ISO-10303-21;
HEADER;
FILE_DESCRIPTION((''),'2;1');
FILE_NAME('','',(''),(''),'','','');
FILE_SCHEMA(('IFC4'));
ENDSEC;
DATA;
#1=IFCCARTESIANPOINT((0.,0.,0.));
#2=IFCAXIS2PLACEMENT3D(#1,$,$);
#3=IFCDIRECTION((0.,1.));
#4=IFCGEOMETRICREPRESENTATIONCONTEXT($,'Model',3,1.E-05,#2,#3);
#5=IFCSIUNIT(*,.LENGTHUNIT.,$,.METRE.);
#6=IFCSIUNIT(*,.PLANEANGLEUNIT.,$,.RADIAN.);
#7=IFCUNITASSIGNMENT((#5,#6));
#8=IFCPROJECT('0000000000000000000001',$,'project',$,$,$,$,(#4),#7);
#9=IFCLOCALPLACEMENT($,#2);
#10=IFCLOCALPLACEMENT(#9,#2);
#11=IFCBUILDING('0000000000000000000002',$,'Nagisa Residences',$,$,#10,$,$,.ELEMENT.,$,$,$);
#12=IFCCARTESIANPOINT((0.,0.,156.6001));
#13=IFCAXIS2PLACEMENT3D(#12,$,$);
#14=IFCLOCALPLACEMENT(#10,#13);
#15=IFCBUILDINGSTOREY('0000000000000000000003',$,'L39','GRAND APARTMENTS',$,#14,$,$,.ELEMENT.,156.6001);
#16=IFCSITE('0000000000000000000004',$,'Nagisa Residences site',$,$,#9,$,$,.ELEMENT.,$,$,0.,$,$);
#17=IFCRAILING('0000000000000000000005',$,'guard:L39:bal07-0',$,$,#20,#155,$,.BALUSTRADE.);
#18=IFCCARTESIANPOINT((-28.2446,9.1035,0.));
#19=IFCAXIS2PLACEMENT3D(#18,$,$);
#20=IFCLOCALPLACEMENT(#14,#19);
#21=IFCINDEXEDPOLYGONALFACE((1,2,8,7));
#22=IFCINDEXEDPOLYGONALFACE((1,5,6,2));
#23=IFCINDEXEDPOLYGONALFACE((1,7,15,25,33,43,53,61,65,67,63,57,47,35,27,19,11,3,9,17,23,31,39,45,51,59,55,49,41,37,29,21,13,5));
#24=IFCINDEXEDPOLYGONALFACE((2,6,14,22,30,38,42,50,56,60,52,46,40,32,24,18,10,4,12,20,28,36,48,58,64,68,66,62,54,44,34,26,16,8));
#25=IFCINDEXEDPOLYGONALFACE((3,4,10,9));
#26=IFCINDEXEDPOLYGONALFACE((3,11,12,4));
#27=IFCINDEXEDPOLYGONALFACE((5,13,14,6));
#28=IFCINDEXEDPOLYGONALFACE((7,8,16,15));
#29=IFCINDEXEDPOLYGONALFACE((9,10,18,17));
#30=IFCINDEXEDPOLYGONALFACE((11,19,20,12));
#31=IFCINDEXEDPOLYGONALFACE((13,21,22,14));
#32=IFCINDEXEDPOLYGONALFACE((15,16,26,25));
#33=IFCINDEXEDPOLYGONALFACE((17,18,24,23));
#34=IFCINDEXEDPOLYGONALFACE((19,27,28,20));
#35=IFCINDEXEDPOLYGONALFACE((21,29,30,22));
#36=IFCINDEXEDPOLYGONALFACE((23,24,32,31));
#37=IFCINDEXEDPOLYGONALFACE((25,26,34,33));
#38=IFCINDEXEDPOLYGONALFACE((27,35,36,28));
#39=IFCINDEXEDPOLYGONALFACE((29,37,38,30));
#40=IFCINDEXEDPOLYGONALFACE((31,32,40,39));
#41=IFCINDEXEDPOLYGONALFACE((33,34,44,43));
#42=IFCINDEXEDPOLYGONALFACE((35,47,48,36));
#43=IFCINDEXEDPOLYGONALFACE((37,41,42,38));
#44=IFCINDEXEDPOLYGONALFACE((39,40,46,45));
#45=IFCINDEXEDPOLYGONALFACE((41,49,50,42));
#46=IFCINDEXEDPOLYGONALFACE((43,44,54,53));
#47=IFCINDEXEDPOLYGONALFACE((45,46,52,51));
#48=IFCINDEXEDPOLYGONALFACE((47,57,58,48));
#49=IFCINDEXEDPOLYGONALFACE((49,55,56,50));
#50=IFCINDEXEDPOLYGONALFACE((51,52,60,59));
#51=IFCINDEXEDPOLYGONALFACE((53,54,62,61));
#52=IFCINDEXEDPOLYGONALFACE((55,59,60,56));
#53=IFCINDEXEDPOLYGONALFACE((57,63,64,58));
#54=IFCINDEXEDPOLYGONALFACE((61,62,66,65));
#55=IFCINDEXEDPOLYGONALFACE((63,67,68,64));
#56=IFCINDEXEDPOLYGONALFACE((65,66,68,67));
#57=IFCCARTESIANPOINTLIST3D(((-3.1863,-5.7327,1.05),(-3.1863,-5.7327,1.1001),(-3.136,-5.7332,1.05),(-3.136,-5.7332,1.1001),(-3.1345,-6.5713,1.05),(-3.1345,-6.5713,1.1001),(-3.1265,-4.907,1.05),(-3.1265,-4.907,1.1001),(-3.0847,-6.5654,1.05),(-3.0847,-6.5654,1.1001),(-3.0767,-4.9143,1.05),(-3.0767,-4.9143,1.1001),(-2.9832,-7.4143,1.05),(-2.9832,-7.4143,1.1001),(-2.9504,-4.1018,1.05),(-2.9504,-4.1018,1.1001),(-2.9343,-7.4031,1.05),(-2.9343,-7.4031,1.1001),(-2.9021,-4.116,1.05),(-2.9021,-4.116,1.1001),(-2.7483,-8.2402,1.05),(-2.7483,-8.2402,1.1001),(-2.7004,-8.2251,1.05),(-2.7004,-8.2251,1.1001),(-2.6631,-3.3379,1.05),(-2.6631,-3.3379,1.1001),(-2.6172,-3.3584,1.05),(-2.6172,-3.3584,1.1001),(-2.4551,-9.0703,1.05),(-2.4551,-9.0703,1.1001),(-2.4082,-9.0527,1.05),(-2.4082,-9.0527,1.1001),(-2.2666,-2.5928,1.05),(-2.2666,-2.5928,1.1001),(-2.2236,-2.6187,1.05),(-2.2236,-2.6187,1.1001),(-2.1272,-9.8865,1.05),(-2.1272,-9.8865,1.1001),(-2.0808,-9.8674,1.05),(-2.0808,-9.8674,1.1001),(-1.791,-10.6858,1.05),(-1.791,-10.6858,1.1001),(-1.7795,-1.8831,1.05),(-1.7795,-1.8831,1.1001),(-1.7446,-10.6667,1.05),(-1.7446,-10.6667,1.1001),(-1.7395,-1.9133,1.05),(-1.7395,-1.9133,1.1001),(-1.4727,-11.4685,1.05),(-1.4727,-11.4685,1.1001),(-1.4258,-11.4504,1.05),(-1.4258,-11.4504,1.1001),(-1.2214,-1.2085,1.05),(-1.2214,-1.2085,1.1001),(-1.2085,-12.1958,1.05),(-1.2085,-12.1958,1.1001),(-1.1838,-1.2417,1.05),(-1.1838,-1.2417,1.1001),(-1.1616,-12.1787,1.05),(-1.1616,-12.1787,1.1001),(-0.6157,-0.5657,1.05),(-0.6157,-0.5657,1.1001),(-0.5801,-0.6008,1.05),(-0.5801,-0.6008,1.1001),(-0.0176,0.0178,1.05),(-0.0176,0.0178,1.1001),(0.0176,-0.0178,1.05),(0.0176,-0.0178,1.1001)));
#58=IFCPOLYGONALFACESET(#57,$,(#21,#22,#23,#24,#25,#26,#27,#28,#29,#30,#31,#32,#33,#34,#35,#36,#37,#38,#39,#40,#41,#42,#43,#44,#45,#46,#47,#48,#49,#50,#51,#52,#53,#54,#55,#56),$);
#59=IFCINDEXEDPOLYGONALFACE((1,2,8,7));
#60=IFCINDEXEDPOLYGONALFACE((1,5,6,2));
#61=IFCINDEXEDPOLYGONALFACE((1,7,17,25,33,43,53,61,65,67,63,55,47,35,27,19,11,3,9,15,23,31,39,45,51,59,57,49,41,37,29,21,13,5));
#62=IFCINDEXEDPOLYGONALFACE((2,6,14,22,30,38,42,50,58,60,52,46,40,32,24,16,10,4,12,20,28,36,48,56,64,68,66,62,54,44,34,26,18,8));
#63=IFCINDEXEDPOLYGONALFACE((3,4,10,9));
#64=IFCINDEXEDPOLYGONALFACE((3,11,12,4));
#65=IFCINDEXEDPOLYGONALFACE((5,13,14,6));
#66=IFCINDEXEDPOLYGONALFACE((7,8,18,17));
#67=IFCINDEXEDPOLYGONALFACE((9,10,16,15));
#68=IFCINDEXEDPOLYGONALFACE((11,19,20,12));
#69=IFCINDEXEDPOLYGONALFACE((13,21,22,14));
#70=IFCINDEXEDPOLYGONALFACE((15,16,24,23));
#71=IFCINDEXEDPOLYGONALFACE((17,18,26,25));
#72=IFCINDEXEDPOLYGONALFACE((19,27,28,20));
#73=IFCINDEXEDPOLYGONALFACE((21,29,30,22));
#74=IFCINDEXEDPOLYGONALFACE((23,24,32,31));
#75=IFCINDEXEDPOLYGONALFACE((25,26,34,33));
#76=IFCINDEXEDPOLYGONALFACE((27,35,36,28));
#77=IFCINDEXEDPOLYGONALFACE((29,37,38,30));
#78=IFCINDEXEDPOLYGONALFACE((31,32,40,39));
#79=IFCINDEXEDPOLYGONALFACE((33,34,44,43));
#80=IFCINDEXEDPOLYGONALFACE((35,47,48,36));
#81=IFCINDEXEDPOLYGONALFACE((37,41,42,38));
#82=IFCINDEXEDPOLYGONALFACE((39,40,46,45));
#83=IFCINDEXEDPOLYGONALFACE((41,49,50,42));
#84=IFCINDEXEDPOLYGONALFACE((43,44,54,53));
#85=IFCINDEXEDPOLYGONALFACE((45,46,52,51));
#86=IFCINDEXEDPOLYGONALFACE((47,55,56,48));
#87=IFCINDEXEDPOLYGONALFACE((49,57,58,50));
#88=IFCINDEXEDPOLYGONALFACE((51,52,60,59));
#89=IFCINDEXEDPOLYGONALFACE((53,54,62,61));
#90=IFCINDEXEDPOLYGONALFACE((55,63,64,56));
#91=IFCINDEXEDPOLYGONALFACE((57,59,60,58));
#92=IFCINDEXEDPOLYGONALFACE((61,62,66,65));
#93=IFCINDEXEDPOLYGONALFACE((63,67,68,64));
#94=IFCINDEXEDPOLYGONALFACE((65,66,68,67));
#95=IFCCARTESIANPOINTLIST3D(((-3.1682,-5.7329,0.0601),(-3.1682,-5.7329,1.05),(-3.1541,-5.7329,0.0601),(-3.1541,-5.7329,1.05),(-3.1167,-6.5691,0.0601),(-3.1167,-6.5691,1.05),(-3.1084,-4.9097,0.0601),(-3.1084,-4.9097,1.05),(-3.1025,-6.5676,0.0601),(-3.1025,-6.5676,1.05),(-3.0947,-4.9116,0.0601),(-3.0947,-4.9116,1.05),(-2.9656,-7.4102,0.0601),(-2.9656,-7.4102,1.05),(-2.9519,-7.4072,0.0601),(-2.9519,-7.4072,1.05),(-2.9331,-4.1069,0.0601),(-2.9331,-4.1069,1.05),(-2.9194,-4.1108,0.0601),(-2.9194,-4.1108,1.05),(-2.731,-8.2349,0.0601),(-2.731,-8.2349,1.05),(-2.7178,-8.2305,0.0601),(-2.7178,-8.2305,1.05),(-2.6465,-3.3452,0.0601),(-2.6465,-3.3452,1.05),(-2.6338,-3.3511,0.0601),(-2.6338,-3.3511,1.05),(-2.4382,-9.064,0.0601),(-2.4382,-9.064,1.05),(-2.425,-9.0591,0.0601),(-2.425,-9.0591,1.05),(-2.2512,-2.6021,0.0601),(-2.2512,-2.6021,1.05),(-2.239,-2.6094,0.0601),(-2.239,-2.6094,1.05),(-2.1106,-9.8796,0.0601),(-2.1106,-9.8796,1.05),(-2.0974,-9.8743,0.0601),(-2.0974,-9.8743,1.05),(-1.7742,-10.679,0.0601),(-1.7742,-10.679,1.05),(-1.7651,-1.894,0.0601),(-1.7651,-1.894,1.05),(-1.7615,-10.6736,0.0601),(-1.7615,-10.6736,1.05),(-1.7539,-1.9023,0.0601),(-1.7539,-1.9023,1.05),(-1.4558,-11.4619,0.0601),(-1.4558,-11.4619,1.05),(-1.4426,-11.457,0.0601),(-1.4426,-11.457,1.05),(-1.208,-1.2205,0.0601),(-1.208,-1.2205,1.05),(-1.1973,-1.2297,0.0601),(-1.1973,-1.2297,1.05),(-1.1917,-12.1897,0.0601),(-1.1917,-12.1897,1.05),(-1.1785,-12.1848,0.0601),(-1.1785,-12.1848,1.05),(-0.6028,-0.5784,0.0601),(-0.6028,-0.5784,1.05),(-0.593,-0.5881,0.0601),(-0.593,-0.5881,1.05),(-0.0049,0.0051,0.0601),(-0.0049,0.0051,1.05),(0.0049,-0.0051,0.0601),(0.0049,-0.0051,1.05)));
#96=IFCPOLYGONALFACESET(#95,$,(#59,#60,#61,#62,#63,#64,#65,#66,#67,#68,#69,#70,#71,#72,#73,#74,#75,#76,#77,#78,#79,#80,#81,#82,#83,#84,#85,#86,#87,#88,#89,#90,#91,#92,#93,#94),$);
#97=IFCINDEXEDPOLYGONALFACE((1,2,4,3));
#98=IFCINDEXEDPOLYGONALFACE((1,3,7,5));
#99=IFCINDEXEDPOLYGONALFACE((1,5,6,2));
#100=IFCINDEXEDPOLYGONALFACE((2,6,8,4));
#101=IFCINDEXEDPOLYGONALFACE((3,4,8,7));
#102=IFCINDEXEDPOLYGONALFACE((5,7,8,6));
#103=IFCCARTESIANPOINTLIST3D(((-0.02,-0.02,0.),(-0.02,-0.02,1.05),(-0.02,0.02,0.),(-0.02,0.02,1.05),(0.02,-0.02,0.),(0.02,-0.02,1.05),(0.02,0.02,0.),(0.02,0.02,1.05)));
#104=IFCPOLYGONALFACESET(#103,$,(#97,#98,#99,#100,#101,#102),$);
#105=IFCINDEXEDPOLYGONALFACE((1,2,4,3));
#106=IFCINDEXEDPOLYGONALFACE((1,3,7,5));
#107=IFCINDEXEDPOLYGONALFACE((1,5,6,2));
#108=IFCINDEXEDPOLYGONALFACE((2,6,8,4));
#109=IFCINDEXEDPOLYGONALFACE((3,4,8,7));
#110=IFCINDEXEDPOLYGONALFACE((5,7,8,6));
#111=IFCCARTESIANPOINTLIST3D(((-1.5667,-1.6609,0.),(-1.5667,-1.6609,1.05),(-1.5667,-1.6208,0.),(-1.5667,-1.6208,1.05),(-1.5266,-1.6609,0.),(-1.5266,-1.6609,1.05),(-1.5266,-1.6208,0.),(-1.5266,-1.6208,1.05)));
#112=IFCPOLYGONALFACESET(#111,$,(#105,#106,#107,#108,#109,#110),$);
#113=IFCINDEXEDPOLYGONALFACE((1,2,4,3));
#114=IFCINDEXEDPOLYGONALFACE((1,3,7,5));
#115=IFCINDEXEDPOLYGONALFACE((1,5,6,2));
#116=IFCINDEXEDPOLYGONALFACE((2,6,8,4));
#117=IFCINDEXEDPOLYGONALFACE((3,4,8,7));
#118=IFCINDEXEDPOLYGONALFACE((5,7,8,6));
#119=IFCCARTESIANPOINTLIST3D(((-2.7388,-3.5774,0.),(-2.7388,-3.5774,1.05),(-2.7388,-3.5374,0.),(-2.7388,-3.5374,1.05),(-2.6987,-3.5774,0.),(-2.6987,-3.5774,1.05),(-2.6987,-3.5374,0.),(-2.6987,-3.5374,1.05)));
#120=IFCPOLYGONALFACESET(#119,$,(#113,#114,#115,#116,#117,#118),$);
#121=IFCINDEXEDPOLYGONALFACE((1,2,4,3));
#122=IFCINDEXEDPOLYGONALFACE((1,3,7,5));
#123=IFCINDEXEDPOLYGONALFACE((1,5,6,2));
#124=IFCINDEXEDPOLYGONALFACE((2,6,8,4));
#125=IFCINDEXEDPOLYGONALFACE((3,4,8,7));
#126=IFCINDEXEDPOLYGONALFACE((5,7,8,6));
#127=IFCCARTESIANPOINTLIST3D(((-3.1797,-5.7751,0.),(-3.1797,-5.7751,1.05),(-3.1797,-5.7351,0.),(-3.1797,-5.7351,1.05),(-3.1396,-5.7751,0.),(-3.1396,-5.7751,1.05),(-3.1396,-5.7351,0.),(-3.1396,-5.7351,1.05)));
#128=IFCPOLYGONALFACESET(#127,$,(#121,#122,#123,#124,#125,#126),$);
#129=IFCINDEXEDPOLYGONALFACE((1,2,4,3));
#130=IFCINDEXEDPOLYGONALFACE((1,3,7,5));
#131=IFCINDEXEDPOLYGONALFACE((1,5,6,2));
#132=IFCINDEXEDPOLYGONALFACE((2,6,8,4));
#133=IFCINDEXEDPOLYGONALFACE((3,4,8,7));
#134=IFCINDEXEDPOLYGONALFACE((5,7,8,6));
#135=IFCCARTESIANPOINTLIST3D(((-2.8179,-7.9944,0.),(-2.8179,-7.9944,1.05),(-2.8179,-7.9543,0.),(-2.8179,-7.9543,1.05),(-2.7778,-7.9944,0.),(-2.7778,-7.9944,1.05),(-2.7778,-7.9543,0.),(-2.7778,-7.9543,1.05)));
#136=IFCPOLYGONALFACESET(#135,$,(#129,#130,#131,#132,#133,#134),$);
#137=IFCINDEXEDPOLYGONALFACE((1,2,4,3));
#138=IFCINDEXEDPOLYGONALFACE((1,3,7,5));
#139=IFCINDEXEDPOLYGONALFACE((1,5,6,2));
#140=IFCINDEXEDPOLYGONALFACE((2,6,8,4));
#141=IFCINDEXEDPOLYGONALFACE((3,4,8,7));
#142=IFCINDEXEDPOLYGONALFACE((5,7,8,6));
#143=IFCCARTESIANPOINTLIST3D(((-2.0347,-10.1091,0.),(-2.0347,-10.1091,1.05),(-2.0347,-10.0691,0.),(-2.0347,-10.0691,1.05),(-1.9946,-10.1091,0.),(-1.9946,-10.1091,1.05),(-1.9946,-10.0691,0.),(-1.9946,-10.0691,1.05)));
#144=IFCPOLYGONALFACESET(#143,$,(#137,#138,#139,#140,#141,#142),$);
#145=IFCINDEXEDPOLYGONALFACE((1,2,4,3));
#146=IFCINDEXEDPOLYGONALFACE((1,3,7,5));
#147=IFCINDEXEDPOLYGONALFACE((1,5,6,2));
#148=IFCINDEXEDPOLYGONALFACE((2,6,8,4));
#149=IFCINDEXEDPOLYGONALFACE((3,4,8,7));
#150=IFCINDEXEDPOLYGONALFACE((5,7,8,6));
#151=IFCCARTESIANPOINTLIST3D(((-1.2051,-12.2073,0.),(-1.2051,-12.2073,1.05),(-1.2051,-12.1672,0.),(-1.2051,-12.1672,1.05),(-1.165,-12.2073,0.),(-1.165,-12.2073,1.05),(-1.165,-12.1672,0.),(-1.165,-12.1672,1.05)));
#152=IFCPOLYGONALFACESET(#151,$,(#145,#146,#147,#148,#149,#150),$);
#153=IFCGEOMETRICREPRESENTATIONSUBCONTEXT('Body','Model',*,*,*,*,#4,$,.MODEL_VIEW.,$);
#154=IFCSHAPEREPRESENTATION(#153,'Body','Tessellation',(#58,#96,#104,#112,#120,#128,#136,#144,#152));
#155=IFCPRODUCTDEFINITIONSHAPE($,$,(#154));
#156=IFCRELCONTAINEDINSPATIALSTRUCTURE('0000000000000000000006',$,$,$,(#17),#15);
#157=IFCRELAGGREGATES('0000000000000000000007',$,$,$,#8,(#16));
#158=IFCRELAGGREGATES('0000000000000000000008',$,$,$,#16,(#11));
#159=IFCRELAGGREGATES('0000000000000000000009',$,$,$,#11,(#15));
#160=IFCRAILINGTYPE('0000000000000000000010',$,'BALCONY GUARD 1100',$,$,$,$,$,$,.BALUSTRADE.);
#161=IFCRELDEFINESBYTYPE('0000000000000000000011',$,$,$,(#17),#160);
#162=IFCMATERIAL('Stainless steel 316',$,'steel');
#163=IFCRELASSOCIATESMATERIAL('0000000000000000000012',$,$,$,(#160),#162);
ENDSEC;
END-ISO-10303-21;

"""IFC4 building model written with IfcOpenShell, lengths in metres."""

from ifc_helpers import new_model, si_unit, direction, frame, origin, origin_2d, place, context, subcontext, project, spatial, polyline, rectangle, outline, extrude, material, type_object, element, save


model = new_model("IFC4")

# Units and contexts
model_context = context("Model", 3, precision=1e-05, world=origin(), true_north=direction((0.0, 1.0)))
body_context = subcontext(model_context, "Body", "Model", "MODEL_VIEW")
ifc_project = project(units=[si_unit("LENGTHUNIT", "METRE"), si_unit("PLANEANGLEUNIT", "RADIAN")], contexts=[model_context])

# Site, building, storey
site_placement = place(None, origin())
site = spatial("IfcSite", under=ifc_project, at=site_placement, Name="Nagisa Residences site", CompositionType="ELEMENT", RefElevation=0.0)
building_placement = place(site_placement, origin())
building = spatial("IfcBuilding", under=site, at=building_placement, Name="Nagisa Residences", CompositionType="ELEMENT")
storey_placement = place(building_placement, frame((0.0, 0.0, 156.6001)))
storey = spatial("IfcBuildingStorey", under=building, at=storey_placement, Name="L39", Description="GRAND APARTMENTS", CompositionType="ELEMENT", Elevation=156.6001)

# Railing
ifc_material_1 = material(Name="Stainless steel 316", Category="steel")
railing_type = type_object("IfcRailingType", Name="BALCONY GUARD 1100", PredefinedType="BALUSTRADE", material=ifc_material_1)
railing_placement = place(storey_placement, frame((-28.2446, 9.1035, 0.0)))
element("IfcRailing", 1, at=railing_placement, inside=storey, type_object=railing_type, Name="guard:L39:bal07-0", PredefinedType="BALUSTRADE", context=body_context, shape_type="SweptSolid", body=[
    extrude(outline(polyline([(-0.5801, -0.6008), (0.0176, -0.0178), (-0.0176, 0.0178), (-0.6157, -0.5657), (-1.2214, -1.2085), (-1.7795, -1.8831), (-2.2666, -2.5928), (-2.6631, -3.3379), (-2.9504, -4.1018), (-3.1265, -4.907), (-3.1863, -5.7327), (-3.1345, -6.5713), (-2.9832, -7.4143), (-2.7483, -8.2402), (-2.4551, -9.0703), (-2.1272, -9.8865), (-1.791, -10.6858), (-1.4727, -11.4685), (-1.2085, -12.1958), (-1.1616, -12.1787), (-1.4258, -11.4504), (-1.7446, -10.6667), (-2.0808, -9.8674), (-2.4082, -9.0527), (-2.7004, -8.2251), (-2.9343, -7.4031), (-3.0847, -6.5654), (-3.136, -5.7332), (-3.0767, -4.9143), (-2.9021, -4.116), (-2.6172, -3.3584), (-2.2236, -2.6187), (-1.7395, -1.9133), (-1.1838, -1.2417), (-0.5801, -0.6008)])), frame((0.0, 0.0, 1.05)), (0.0, 0.0, 1.0), 0.05),
    extrude(outline(polyline([(-0.593, -0.5881), (0.0049, -0.0051), (-0.0049, 0.0051), (-0.6028, -0.5784), (-1.208, -1.2205), (-1.7651, -1.894), (-2.2512, -2.6021), (-2.6465, -3.3452), (-2.9331, -4.1069), (-3.1084, -4.9097), (-3.1682, -5.7329), (-3.1167, -6.5691), (-2.9656, -7.4102), (-2.731, -8.2349), (-2.4382, -9.064), (-2.1106, -9.8796), (-1.7742, -10.679), (-1.4558, -11.4619), (-1.1917, -12.1897), (-1.1785, -12.1848), (-1.4426, -11.457), (-1.7615, -10.6736), (-2.0974, -9.8743), (-2.425, -9.0591), (-2.7178, -8.2305), (-2.9519, -7.4072), (-3.1025, -6.5676), (-3.1541, -5.7329), (-3.0947, -4.9116), (-2.9194, -4.1108), (-2.6338, -3.3511), (-2.239, -2.6094), (-1.7539, -1.9023), (-1.1973, -1.2297), (-0.593, -0.5881)])), frame((0.0, 0.0, 0.0601)), (0.0, 0.0, 1.0), 0.99),
    extrude(rectangle(XDim=0.04, YDim=0.04, at=origin_2d()), origin(), (0.0, 0.0, 1.0), 1.05),
    extrude(rectangle(XDim=0.04, YDim=0.04, at=origin_2d()), frame((-1.5466, -1.6409, 0.0)), (0.0, 0.0, 1.0), 1.05),
    extrude(rectangle(XDim=0.04, YDim=0.04, at=origin_2d()), frame((-2.7188, -3.5574, 0.0)), (0.0, 0.0, 1.0), 1.05),
    extrude(rectangle(XDim=0.04, YDim=0.04, at=origin_2d()), frame((-3.1597, -5.7551, 0.0)), (0.0, 0.0, 1.0), 1.05),
    extrude(rectangle(XDim=0.04, YDim=0.04, at=origin_2d()), frame((-2.7979, -7.9744, 0.0)), (0.0, 0.0, 1.0), 1.05),
    extrude(rectangle(XDim=0.04, YDim=0.04, at=origin_2d()), frame((-2.0146, -10.0891, 0.0)), (0.0, 0.0, 1.0), 1.05),
    extrude(rectangle(XDim=0.04, YDim=0.04, at=origin_2d()), frame((-1.1851, -12.1873, 0.0)), (0.0, 0.0, 1.0), 1.05),
])

save(model, "model.ifc")
